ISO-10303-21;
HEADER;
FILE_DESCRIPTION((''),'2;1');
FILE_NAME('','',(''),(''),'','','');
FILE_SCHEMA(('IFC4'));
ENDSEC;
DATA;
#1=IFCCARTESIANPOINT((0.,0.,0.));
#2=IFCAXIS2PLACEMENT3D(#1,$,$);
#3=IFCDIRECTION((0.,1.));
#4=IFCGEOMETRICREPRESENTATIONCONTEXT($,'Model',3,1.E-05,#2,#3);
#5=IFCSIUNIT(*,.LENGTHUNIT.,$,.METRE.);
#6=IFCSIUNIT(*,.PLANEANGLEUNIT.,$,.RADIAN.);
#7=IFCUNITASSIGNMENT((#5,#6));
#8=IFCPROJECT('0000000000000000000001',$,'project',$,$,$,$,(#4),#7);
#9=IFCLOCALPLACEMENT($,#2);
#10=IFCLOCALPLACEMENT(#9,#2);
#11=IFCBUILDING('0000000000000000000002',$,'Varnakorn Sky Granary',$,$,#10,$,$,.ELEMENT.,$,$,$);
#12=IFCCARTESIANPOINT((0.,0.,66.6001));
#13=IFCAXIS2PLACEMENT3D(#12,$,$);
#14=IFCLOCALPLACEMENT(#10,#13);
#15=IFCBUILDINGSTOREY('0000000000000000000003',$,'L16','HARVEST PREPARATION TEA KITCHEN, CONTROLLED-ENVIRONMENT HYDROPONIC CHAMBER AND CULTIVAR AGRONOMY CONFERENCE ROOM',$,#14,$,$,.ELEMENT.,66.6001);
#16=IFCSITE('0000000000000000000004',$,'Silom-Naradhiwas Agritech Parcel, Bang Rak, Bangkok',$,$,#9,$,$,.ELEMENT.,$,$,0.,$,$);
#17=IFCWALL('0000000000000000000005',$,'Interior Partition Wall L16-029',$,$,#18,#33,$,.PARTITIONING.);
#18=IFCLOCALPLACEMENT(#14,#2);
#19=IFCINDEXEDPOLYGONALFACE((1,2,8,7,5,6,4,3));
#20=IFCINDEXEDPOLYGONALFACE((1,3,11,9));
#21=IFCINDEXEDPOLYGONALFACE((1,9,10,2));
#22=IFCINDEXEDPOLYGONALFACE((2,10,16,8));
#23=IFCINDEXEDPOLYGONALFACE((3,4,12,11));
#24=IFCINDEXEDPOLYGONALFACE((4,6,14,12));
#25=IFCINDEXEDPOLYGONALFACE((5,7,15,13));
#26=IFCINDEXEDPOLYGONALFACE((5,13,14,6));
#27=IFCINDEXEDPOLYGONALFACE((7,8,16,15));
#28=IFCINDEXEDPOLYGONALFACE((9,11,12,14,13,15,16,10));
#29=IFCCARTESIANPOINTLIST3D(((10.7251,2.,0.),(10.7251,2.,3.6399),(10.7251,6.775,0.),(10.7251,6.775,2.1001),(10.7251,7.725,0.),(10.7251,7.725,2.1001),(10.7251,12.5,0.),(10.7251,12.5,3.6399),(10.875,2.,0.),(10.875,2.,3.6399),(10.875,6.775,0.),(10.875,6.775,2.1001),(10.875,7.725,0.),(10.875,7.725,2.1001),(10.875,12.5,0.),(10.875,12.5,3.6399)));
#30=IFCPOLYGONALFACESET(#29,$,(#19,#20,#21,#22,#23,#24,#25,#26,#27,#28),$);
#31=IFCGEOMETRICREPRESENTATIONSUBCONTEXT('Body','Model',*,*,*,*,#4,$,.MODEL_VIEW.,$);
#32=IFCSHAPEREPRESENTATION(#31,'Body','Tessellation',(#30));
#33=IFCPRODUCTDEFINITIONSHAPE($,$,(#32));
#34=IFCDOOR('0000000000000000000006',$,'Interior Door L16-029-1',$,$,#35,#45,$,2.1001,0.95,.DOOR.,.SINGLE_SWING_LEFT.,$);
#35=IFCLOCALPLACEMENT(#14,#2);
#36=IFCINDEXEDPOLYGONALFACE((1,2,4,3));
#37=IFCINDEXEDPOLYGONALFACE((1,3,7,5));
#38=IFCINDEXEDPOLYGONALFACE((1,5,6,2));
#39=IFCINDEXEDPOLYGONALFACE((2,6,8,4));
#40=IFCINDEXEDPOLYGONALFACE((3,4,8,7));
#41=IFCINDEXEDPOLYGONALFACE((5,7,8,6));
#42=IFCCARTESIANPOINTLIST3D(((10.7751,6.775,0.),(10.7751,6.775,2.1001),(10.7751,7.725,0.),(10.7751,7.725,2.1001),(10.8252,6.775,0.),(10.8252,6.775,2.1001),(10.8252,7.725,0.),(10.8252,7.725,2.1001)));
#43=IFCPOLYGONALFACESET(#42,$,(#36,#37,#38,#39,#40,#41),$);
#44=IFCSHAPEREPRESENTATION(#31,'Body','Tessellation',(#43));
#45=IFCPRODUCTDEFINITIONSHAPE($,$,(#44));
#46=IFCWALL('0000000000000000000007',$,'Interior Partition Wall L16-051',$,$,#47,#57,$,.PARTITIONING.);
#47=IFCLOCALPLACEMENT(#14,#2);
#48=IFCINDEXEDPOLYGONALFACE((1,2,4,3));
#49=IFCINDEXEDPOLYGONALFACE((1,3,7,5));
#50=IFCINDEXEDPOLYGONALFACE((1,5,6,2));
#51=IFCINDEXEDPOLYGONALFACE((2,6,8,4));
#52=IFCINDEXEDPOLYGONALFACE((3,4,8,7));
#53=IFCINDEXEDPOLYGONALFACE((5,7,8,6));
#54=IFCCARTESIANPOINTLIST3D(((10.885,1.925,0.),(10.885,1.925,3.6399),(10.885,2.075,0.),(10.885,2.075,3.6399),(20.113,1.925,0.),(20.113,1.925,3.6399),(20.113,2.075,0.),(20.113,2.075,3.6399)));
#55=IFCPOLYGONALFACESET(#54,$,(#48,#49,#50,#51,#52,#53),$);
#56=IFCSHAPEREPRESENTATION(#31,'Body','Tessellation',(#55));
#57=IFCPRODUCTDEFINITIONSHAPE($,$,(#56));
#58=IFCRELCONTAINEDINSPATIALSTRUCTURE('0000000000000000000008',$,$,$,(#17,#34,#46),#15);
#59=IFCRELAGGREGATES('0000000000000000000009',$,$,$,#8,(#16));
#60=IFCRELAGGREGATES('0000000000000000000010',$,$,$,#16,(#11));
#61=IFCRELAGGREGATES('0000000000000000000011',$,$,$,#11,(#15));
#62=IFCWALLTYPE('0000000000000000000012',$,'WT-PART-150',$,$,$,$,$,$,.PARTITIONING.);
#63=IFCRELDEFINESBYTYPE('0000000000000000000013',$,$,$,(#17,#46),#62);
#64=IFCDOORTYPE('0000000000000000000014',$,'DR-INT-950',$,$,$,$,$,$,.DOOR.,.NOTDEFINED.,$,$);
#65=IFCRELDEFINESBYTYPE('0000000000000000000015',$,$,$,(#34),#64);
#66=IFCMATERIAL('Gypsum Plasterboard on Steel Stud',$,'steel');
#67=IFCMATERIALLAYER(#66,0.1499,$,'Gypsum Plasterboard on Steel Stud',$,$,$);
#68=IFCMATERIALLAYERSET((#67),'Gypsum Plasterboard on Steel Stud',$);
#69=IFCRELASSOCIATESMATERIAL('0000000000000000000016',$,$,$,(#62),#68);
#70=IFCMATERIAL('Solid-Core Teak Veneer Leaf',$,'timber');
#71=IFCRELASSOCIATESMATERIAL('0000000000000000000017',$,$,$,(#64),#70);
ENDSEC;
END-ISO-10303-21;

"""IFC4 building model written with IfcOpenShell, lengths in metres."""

from ifc_helpers import new_model, si_unit, direction, frame, frame_2d, origin, place, context, subcontext, project, spatial, rectangle, extrude, material, layer, layer_set, type_object, element, fill, save


model = new_model("IFC4")

# Units and contexts
model_context = context("Model", 3, precision=1e-05, world=origin(), true_north=direction((0.0, 1.0)))
body_context = subcontext(model_context, "Body", "Model", "MODEL_VIEW")
ifc_project = project(units=[si_unit("LENGTHUNIT", "METRE"), si_unit("PLANEANGLEUNIT", "RADIAN")], contexts=[model_context])

# Site, building, storey
site_placement = place(None, origin())
site = spatial("IfcSite", under=ifc_project, at=site_placement, Name="Silom-Naradhiwas Agritech Parcel, Bang Rak, Bangkok", CompositionType="ELEMENT", RefElevation=0.0)
building_placement = place(site_placement, origin())
building = spatial("IfcBuilding", under=site, at=building_placement, Name="Varnakorn Sky Granary", CompositionType="ELEMENT")
storey_placement = place(building_placement, frame((0.0, 0.0, 66.6001)))
storey = spatial("IfcBuildingStorey", under=building, at=storey_placement, Name="L16", Description="HARVEST PREPARATION TEA KITCHEN, CONTROLLED-ENVIRONMENT HYDROPONIC CHAMBER AND CULTIVAR AGRONOMY CONFERENCE ROOM", CompositionType="ELEMENT", Elevation=66.6001)

# Wall, opening, door
ifc_material_1 = material(Name="Gypsum Plasterboard on Steel Stud", Category="steel")
ifc_layer_1 = layer(ifc_material_1, 0.1499, Name="Gypsum Plasterboard on Steel Stud")
ifc_layer_set_1 = layer_set([ifc_layer_1], Name="Gypsum Plasterboard on Steel Stud")
wall_type = type_object("IfcWallType", Name="WT-PART-150", PredefinedType="PARTITIONING", material=ifc_layer_set_1)
wall_1_placement = place(storey_placement, frame((10.8, 2.0, 0.0), z_axis=(0.0, 0.0, 1.0), x_axis=(0.0, 1.0, 0.0)))
wall_1 = element("IfcWall", 1, at=wall_1_placement, inside=storey, type_object=wall_type, Name="Interior Partition Wall L16-029", PredefinedType="PARTITIONING", context=body_context, shape_type="SweptSolid", body=[
    extrude(rectangle(XDim=10.5, YDim=0.1499, at=frame_2d((5.25, 0.0))), origin(), (0.0, 0.0, 1.0), 3.6399),
])
opening_placement = place(wall_1_placement, frame((4.7749, 0.0, 0.0)))
opening = element("IfcOpeningElement", 2, at=opening_placement, cuts=wall_1, PredefinedType="OPENING", context=body_context, shape_type="SweptSolid", body=[
    extrude(rectangle(XDim=0.95, YDim=2.1001, at=frame_2d((0.4751, 1.05))), frame((0.0, 0.085, 0.0), z_axis=(0.0, -1.0, 0.0), x_axis=(1.0, 0.0, 0.0)), (0.0, 0.0, 1.0), 0.1699),
])
ifc_material_2 = material(Name="Solid-Core Teak Veneer Leaf", Category="timber")
door_type = type_object("IfcDoorType", Name="DR-INT-950", OperationType="NOTDEFINED", PredefinedType="DOOR", material=ifc_material_2)
door_placement = place(opening_placement, origin())
door = element("IfcDoor", 3, at=door_placement, inside=storey, type_object=door_type, Name="Interior Door L16-029-1", OperationType="SINGLE_SWING_LEFT", OverallHeight=2.1001, OverallWidth=0.95, PredefinedType="DOOR", context=body_context, shape_type="SweptSolid", body=[
    extrude(rectangle(XDim=0.95, YDim=2.1001, at=frame_2d((0.4751, 1.05))), frame((0.0, 0.0249, 0.0), z_axis=(0.0, -1.0, 0.0), x_axis=(1.0, 0.0, 0.0)), (0.0, 0.0, 1.0), 0.05),
])
fill(opening, door)

# Wall
wall_2_placement = place(storey_placement, frame((10.885, 2.0, 0.0), z_axis=(0.0, 0.0, 1.0), x_axis=(1.0, 0.0, 0.0)))
element("IfcWall", 4, at=wall_2_placement, inside=storey, type_object=wall_type, Name="Interior Partition Wall L16-051", PredefinedType="PARTITIONING", context=body_context, shape_type="SweptSolid", body=[
    extrude(rectangle(XDim=9.228, YDim=0.1499, at=frame_2d((4.614, 0.0))), origin(), (0.0, 0.0, 1.0), 3.6399),
])

save(model, "model.ifc")
